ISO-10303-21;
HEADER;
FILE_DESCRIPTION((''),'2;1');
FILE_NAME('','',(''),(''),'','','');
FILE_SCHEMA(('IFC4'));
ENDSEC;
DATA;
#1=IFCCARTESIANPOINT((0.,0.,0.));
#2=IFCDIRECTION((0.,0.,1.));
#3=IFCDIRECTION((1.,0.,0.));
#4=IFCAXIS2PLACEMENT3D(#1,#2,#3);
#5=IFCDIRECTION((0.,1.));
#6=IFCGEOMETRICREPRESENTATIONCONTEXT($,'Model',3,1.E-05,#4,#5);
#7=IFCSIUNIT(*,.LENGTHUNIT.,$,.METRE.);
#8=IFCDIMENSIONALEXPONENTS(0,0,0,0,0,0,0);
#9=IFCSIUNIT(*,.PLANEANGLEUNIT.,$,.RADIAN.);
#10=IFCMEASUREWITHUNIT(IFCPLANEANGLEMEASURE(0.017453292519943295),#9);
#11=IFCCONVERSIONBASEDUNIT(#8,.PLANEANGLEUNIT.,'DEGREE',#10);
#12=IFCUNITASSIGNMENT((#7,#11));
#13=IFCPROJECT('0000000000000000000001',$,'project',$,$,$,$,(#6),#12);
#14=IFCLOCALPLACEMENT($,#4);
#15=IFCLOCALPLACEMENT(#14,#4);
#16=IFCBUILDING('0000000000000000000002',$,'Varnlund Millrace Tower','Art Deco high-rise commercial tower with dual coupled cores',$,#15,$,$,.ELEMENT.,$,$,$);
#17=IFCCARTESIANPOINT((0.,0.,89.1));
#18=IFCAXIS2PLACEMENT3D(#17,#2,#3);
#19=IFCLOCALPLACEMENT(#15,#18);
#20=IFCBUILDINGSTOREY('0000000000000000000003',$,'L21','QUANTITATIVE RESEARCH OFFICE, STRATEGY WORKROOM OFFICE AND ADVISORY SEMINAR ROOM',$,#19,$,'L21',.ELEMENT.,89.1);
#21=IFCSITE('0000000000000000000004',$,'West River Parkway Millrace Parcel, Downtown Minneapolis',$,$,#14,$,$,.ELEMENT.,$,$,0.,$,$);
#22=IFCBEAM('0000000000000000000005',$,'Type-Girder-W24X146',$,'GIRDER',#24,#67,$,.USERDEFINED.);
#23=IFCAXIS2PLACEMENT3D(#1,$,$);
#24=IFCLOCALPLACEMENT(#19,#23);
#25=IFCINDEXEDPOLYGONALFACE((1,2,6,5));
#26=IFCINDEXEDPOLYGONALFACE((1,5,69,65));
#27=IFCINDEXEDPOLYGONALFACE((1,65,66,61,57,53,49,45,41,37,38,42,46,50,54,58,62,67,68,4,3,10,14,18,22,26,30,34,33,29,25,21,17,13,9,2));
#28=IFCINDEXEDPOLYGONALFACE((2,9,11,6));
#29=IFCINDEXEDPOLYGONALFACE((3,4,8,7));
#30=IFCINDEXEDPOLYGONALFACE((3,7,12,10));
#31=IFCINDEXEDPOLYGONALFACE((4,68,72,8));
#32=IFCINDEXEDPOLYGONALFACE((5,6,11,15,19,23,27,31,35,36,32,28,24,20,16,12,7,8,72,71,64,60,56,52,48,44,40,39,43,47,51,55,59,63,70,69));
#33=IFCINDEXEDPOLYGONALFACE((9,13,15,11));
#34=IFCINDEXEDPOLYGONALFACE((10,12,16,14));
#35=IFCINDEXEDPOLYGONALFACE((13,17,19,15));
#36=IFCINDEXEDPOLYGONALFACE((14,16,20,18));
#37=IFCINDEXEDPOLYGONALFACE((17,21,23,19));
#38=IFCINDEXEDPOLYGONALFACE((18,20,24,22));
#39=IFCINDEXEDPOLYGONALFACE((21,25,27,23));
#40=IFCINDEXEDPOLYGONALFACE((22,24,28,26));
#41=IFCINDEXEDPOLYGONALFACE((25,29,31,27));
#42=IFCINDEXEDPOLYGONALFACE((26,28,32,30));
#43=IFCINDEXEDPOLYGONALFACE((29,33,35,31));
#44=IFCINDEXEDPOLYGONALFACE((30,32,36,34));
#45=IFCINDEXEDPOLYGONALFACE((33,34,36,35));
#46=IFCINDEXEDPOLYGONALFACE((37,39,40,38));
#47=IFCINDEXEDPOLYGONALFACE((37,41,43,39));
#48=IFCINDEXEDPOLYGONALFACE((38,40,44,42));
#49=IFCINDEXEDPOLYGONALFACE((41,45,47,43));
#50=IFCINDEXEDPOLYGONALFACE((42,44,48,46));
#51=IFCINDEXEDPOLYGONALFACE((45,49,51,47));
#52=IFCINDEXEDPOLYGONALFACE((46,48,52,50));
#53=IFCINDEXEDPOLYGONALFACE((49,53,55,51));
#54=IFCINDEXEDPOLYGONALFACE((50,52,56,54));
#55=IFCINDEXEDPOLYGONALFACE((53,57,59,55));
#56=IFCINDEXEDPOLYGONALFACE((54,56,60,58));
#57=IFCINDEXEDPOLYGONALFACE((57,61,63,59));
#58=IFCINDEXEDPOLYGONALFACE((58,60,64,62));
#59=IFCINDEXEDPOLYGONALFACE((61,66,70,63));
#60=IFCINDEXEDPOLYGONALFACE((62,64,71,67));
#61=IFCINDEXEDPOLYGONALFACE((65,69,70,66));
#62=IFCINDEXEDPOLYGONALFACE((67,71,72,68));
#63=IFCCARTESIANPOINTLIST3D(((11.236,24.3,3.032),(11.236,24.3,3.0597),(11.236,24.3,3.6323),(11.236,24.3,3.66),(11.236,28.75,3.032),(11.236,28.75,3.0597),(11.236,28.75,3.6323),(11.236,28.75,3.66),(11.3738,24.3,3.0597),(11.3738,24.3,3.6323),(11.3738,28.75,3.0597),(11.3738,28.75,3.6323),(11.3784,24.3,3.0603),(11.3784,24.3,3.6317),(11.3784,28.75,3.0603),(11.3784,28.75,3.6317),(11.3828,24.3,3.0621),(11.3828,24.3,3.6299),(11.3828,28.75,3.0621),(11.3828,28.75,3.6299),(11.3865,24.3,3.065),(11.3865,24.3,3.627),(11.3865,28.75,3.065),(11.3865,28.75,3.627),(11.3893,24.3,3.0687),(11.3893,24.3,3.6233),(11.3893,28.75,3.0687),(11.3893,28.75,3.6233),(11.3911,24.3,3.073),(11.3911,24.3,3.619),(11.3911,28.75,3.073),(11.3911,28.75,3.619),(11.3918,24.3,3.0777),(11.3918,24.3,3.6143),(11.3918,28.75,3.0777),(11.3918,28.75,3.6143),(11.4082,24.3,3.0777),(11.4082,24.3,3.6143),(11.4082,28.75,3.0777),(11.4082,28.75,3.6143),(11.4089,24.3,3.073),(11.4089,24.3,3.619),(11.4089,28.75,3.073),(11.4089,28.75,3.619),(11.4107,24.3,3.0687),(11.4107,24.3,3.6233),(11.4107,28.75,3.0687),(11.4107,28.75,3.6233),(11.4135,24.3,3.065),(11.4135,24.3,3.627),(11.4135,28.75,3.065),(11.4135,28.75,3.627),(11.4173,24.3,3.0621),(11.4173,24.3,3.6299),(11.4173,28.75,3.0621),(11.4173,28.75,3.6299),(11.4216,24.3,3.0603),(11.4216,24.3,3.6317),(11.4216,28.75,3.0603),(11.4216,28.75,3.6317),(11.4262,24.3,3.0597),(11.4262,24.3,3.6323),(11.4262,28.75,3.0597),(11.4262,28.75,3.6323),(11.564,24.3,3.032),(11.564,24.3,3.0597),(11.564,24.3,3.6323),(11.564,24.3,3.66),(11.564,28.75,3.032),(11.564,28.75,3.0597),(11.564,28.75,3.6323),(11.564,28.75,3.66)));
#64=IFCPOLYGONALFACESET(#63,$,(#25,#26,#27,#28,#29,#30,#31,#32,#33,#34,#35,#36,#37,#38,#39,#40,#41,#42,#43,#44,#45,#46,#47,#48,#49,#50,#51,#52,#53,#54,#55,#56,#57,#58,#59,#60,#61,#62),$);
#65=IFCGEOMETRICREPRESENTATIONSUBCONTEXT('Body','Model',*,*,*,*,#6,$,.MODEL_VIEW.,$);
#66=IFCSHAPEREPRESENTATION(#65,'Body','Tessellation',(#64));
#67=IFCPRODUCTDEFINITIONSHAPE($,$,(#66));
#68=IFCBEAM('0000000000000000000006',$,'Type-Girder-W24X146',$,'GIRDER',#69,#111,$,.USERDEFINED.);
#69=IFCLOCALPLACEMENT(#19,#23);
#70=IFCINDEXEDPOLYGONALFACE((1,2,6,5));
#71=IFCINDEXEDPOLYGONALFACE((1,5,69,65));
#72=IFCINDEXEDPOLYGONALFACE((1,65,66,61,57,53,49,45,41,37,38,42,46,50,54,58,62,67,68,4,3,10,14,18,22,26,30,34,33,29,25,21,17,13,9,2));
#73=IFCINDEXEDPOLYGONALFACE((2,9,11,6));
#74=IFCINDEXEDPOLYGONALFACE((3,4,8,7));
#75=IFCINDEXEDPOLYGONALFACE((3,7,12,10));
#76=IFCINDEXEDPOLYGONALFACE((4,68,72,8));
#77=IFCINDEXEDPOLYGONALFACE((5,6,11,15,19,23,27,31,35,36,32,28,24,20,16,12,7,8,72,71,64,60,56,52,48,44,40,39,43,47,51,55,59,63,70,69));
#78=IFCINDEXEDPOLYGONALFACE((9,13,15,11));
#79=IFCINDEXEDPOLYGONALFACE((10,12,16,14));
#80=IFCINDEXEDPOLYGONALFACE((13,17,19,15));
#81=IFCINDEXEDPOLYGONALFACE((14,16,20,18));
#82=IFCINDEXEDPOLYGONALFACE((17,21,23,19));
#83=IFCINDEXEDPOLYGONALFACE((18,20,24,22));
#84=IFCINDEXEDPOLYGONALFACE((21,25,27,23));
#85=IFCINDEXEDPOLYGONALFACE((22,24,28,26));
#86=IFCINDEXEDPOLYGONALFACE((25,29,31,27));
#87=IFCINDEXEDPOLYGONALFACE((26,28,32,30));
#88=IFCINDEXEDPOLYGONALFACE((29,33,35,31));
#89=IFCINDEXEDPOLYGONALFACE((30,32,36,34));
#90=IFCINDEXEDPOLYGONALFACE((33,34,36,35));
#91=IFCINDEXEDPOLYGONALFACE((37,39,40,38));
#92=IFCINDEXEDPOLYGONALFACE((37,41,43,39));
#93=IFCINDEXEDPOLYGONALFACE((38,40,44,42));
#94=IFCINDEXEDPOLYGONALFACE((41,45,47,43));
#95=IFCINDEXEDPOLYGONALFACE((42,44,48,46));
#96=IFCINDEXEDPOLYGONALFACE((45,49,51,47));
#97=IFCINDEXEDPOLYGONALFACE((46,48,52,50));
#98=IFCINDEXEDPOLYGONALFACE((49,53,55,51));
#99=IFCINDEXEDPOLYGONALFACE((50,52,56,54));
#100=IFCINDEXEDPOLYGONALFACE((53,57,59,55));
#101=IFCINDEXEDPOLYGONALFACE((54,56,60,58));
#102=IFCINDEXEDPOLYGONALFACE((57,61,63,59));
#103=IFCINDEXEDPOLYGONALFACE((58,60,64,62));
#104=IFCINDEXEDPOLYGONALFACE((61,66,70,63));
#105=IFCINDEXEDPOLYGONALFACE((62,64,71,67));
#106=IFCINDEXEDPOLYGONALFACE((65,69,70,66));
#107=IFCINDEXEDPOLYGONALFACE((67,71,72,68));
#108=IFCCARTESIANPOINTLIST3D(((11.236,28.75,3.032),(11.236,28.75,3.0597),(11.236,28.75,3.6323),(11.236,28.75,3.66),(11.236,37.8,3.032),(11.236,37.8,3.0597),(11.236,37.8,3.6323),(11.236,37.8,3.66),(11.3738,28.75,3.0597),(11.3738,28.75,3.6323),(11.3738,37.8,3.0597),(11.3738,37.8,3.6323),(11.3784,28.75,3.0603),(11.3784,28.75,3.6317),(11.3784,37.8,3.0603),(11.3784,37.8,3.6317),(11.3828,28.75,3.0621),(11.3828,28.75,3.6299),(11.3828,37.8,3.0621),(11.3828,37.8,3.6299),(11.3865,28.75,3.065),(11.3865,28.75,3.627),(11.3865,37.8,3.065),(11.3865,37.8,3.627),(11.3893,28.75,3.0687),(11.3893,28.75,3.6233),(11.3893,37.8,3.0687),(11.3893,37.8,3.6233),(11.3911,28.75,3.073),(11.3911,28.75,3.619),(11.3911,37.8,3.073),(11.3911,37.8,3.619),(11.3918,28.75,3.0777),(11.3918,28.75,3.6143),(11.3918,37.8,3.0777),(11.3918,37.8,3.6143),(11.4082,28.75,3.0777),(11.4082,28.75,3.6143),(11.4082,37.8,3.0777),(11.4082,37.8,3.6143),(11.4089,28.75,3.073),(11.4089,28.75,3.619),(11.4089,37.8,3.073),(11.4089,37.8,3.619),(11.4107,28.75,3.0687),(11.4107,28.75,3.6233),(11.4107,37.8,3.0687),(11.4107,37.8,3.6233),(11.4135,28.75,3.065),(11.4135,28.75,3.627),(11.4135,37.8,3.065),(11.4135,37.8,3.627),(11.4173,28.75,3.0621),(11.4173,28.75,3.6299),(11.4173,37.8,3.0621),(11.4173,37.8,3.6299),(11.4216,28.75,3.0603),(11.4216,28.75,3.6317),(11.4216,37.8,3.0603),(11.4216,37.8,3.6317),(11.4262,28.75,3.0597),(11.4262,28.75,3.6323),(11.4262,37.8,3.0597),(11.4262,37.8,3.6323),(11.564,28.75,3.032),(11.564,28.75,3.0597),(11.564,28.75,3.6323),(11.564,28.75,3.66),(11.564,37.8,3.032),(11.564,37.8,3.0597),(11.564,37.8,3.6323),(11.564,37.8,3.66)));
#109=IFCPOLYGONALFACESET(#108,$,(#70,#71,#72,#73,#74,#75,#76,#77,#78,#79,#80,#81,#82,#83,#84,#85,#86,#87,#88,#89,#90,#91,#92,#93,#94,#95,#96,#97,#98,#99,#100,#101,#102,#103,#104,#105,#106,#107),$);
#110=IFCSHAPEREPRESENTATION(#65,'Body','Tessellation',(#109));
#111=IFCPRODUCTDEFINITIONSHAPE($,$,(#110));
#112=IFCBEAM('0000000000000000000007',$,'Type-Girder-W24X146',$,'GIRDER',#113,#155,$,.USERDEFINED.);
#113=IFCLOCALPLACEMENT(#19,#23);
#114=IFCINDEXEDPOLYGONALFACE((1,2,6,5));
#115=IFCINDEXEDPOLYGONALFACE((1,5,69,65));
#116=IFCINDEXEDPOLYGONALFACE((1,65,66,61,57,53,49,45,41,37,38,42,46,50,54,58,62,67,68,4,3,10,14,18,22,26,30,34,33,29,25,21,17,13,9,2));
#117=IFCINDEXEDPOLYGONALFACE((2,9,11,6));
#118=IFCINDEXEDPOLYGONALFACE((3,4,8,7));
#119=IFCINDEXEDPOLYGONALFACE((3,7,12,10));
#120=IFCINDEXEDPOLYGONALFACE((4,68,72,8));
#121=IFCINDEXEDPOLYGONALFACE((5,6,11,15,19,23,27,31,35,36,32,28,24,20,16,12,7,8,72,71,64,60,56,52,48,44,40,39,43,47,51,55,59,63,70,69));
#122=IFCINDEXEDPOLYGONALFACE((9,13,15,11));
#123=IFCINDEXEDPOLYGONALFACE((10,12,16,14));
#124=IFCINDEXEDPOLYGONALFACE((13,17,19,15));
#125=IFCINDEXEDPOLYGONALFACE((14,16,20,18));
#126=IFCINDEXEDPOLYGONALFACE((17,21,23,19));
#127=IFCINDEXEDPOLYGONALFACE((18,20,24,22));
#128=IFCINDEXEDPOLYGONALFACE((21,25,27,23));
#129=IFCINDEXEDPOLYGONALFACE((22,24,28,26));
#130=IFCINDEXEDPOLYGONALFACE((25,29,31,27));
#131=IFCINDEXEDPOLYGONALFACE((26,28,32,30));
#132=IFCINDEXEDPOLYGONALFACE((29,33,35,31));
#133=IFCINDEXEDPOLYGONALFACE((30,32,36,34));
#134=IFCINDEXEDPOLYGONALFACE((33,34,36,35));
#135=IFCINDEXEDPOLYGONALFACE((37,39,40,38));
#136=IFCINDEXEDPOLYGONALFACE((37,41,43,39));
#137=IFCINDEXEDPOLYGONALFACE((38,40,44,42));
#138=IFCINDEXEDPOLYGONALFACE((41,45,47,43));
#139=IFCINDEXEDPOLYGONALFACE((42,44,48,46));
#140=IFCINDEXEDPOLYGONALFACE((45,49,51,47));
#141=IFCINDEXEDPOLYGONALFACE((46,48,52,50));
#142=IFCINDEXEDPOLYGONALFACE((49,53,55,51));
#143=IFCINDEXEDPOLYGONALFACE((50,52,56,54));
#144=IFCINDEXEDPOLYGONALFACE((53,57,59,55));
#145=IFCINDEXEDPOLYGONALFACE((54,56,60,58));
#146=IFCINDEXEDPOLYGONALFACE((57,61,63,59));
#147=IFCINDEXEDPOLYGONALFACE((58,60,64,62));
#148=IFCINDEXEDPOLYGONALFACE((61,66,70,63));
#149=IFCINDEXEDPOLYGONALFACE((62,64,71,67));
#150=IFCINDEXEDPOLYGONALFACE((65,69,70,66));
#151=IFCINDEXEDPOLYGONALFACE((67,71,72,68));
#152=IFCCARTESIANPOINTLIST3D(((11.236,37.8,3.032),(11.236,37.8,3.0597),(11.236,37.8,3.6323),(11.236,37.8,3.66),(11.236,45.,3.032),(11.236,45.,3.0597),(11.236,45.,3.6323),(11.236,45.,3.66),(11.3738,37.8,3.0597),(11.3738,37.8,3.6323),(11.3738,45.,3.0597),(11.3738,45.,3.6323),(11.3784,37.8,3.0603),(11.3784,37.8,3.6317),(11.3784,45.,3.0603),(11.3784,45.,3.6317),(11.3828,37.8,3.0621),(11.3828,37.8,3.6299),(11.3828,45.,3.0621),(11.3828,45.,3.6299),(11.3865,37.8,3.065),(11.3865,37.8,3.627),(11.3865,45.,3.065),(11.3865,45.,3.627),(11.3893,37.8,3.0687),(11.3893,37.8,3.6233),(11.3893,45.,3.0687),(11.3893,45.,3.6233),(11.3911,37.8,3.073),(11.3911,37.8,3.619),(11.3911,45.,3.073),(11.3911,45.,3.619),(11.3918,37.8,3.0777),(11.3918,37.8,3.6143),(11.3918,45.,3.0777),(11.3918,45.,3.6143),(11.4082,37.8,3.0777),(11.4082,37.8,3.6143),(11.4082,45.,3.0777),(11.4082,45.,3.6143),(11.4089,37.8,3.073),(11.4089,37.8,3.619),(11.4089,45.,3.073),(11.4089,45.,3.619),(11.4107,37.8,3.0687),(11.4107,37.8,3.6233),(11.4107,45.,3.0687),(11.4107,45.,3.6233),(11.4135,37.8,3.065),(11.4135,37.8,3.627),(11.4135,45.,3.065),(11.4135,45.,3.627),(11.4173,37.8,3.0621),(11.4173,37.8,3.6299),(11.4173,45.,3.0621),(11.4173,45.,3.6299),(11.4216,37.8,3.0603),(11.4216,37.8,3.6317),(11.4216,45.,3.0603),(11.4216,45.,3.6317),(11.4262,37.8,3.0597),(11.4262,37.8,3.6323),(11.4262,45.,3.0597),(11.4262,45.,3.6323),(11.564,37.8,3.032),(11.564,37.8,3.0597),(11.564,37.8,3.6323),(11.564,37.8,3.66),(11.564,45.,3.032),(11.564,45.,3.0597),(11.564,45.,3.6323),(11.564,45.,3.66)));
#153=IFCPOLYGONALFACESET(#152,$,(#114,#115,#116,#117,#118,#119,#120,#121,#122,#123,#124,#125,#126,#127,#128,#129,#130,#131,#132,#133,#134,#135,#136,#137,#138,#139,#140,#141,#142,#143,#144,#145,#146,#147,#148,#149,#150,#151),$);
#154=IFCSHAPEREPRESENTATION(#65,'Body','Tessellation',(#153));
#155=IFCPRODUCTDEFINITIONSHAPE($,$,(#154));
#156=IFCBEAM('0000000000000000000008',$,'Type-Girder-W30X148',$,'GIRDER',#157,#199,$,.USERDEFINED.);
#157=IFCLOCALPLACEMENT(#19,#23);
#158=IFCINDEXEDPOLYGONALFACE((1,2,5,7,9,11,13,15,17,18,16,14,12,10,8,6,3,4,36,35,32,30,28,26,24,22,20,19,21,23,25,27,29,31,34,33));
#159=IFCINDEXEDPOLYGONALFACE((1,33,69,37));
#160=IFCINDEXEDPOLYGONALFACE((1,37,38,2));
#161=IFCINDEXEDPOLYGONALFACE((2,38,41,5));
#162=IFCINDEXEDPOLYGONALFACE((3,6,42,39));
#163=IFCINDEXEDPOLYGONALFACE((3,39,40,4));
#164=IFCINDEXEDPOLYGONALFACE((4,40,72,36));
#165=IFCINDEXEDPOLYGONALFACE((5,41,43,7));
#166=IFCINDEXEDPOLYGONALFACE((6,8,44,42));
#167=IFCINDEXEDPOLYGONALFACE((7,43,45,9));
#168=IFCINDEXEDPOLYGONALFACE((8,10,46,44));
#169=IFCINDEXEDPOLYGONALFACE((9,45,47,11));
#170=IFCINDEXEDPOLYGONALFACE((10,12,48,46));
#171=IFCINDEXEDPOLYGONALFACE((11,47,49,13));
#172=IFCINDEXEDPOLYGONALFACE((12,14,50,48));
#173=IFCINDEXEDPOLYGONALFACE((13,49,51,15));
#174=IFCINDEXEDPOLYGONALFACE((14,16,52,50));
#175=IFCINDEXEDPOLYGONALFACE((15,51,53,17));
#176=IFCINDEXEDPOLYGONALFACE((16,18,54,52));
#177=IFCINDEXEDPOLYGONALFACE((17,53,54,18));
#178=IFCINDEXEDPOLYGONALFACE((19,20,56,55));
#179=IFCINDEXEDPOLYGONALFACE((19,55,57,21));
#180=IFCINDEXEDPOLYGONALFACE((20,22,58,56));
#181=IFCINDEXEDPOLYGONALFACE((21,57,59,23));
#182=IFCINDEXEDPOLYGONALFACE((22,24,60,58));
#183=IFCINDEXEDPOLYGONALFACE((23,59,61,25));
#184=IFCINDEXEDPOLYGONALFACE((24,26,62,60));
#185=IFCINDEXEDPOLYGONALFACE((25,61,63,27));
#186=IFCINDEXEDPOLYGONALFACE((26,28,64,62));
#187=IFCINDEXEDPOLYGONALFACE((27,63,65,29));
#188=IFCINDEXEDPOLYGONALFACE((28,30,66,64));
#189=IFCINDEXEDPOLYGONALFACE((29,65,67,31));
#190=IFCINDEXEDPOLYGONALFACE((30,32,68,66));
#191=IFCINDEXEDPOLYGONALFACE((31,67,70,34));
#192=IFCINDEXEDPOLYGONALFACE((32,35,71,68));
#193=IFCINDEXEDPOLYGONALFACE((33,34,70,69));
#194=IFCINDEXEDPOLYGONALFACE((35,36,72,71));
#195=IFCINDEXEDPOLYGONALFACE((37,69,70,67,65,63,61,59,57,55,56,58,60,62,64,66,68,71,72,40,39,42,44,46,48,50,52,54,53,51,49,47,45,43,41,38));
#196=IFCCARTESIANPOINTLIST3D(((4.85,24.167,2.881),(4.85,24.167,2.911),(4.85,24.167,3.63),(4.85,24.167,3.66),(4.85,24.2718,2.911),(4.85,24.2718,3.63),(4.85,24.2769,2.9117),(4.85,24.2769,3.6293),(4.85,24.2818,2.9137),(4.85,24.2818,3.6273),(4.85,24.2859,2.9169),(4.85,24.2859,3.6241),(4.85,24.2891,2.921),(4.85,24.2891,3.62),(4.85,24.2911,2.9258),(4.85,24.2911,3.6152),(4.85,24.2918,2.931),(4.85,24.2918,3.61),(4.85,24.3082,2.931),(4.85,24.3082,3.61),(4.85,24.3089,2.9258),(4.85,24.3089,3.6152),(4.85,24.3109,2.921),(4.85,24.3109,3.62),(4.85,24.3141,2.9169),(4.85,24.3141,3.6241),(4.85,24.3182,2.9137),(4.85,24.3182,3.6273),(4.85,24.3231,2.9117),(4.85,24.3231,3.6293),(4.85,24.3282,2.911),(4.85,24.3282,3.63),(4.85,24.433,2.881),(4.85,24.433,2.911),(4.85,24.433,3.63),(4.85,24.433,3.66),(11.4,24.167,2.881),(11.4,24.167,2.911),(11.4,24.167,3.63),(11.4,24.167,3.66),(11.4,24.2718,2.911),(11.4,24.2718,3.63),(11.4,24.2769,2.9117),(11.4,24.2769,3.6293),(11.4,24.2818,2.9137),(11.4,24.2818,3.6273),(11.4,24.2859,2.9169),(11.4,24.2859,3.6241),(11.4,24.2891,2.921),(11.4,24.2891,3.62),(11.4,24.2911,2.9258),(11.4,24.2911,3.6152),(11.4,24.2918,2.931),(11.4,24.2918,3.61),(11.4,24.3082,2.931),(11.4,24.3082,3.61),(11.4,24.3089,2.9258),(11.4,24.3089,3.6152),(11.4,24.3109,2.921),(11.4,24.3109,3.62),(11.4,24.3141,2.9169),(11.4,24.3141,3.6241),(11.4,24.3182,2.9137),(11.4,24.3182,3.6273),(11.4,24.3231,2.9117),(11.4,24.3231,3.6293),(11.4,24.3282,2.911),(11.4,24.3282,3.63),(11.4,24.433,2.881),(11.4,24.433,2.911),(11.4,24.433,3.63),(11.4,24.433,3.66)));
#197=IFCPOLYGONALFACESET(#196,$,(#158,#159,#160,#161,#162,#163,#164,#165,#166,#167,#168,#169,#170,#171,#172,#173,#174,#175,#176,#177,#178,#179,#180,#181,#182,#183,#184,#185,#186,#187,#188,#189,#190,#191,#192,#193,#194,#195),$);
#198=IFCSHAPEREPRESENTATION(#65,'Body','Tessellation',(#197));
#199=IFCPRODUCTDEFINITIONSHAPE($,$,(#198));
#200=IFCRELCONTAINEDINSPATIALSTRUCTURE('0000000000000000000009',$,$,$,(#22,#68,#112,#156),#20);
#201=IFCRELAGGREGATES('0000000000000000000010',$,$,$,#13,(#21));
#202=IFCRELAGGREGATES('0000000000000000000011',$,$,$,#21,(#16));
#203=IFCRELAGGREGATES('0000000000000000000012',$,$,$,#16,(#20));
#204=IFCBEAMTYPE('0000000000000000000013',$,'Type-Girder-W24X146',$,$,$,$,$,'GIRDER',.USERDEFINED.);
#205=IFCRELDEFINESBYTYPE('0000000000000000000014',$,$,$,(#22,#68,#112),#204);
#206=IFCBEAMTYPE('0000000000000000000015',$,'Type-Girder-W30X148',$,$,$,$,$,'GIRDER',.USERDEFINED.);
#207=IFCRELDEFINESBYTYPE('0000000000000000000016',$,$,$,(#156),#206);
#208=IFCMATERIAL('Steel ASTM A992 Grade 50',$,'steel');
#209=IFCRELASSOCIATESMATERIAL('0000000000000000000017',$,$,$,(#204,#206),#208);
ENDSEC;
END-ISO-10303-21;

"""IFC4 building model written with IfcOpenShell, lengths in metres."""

from ifc_helpers import new_model, entity, si_unit, converted_unit, direction, frame, origin_with_axes, origin_2d_with_axis, place, context, subcontext, project, spatial, i_section, extrude, material, material_profile, profile_set, type_object, element, save


model = new_model("IFC4")

# Units and contexts
model_context = context("Model", 3, precision=1e-05, world=origin_with_axes(), true_north=direction((0.0, 1.0)))
body_context = subcontext(model_context, "Body", "Model", "MODEL_VIEW")
ifc_project = project(units=[si_unit("LENGTHUNIT", "METRE"), converted_unit("PLANEANGLEUNIT", "DEGREE", entity("IfcPlaneAngleMeasure", 0.017453292519943295), si_unit("PLANEANGLEUNIT", "RADIAN"), dimensions=[0, 0, 0, 0, 0, 0, 0])], contexts=[model_context])

# Site, building, storey
site_placement = place(None, origin_with_axes())
site = spatial("IfcSite", under=ifc_project, at=site_placement, Name="West River Parkway Millrace Parcel, Downtown Minneapolis", CompositionType="ELEMENT", RefElevation=0.0)
building_placement = place(site_placement, origin_with_axes())
building = spatial("IfcBuilding", under=site, at=building_placement, Name="Varnlund Millrace Tower", Description="Art Deco high-rise commercial tower with dual coupled cores", CompositionType="ELEMENT")
storey_placement = place(building_placement, frame((0.0, 0.0, 89.1), z_axis=(0.0, 0.0, 1.0), x_axis=(1.0, 0.0, 0.0)))
storey = spatial("IfcBuildingStorey", under=building, at=storey_placement, Name="L21", Description="QUANTITATIVE RESEARCH OFFICE, STRATEGY WORKROOM OFFICE AND ADVISORY SEMINAR ROOM", LongName="L21", CompositionType="ELEMENT", Elevation=89.1)

# Beams
ifc_material_1 = material(Name="Steel ASTM A992 Grade 50", Category="steel")
ifc_material_profile_1 = material_profile(ifc_material_1, i_section(OverallWidth=0.328, OverallDepth=0.628, WebThickness=0.0165, FlangeThickness=0.0277, FilletRadius=0.018, at=origin_2d_with_axis()), Name="Steel ASTM A992 Grade 50")
ifc_profile_set_1 = profile_set([ifc_material_profile_1], Name="Steel ASTM A992 Grade 50")
beam_type_1 = type_object("IfcBeamType", Name="Type-Girder-W24X146", ElementType="GIRDER", PredefinedType="USERDEFINED", material=ifc_profile_set_1)
beam_1_placement = place(storey_placement, frame((11.4, 24.3, 3.346), z_axis=(0.0, 1.0, 0.0), x_axis=(-1.0, 0.0, 0.0)))
element("IfcBeam", 1, at=beam_1_placement, inside=storey, type_object=beam_type_1, Name="Type-Girder-W24X146", ObjectType="GIRDER", PredefinedType="USERDEFINED", context=body_context, shape_type="SweptSolid", body=[
    extrude(i_section(OverallWidth=0.328, OverallDepth=0.628, WebThickness=0.0165, FlangeThickness=0.0277, FilletRadius=0.018, at=origin_2d_with_axis()), origin_with_axes(), (0.0, 0.0, 1.0), 4.45),
])
beam_2_placement = place(storey_placement, frame((11.4, 28.75, 3.346), z_axis=(0.0, 1.0, 0.0), x_axis=(-1.0, 0.0, 0.0)))
element("IfcBeam", 2, at=beam_2_placement, inside=storey, type_object=beam_type_1, Name="Type-Girder-W24X146", ObjectType="GIRDER", PredefinedType="USERDEFINED", context=body_context, shape_type="SweptSolid", body=[
    extrude(i_section(OverallWidth=0.328, OverallDepth=0.628, WebThickness=0.0165, FlangeThickness=0.0277, FilletRadius=0.018, at=origin_2d_with_axis()), origin_with_axes(), (0.0, 0.0, 1.0), 9.05),
])
beam_3_placement = place(storey_placement, frame((11.4, 37.8, 3.346), z_axis=(0.0, 1.0, 0.0), x_axis=(-1.0, 0.0, 0.0)))
element("IfcBeam", 3, at=beam_3_placement, inside=storey, type_object=beam_type_1, Name="Type-Girder-W24X146", ObjectType="GIRDER", PredefinedType="USERDEFINED", context=body_context, shape_type="SweptSolid", body=[
    extrude(i_section(OverallWidth=0.328, OverallDepth=0.628, WebThickness=0.0165, FlangeThickness=0.0277, FilletRadius=0.018, at=origin_2d_with_axis()), origin_with_axes(), (0.0, 0.0, 1.0), 7.2),
])
ifc_material_profile_2 = material_profile(ifc_material_1, i_section(OverallWidth=0.266, OverallDepth=0.779, WebThickness=0.0165, FlangeThickness=0.03, FilletRadius=0.02, at=origin_2d_with_axis()), Name="Steel ASTM A992 Grade 50")
ifc_profile_set_2 = profile_set([ifc_material_profile_2], Name="Steel ASTM A992 Grade 50")
beam_type_2 = type_object("IfcBeamType", Name="Type-Girder-W30X148", ElementType="GIRDER", PredefinedType="USERDEFINED", material=ifc_profile_set_2)
beam_4_placement = place(storey_placement, frame((4.85, 24.3, 3.2705), z_axis=(1.0, 0.0, 0.0), x_axis=(0.0, 1.0, 0.0)))
element("IfcBeam", 4, at=beam_4_placement, inside=storey, type_object=beam_type_2, Name="Type-Girder-W30X148", ObjectType="GIRDER", PredefinedType="USERDEFINED", context=body_context, shape_type="SweptSolid", body=[
    extrude(i_section(OverallWidth=0.266, OverallDepth=0.779, WebThickness=0.0165, FlangeThickness=0.03, FilletRadius=0.02, at=origin_2d_with_axis()), origin_with_axes(), (0.0, 0.0, 1.0), 6.55),
])

save(model, "model.ifc")
